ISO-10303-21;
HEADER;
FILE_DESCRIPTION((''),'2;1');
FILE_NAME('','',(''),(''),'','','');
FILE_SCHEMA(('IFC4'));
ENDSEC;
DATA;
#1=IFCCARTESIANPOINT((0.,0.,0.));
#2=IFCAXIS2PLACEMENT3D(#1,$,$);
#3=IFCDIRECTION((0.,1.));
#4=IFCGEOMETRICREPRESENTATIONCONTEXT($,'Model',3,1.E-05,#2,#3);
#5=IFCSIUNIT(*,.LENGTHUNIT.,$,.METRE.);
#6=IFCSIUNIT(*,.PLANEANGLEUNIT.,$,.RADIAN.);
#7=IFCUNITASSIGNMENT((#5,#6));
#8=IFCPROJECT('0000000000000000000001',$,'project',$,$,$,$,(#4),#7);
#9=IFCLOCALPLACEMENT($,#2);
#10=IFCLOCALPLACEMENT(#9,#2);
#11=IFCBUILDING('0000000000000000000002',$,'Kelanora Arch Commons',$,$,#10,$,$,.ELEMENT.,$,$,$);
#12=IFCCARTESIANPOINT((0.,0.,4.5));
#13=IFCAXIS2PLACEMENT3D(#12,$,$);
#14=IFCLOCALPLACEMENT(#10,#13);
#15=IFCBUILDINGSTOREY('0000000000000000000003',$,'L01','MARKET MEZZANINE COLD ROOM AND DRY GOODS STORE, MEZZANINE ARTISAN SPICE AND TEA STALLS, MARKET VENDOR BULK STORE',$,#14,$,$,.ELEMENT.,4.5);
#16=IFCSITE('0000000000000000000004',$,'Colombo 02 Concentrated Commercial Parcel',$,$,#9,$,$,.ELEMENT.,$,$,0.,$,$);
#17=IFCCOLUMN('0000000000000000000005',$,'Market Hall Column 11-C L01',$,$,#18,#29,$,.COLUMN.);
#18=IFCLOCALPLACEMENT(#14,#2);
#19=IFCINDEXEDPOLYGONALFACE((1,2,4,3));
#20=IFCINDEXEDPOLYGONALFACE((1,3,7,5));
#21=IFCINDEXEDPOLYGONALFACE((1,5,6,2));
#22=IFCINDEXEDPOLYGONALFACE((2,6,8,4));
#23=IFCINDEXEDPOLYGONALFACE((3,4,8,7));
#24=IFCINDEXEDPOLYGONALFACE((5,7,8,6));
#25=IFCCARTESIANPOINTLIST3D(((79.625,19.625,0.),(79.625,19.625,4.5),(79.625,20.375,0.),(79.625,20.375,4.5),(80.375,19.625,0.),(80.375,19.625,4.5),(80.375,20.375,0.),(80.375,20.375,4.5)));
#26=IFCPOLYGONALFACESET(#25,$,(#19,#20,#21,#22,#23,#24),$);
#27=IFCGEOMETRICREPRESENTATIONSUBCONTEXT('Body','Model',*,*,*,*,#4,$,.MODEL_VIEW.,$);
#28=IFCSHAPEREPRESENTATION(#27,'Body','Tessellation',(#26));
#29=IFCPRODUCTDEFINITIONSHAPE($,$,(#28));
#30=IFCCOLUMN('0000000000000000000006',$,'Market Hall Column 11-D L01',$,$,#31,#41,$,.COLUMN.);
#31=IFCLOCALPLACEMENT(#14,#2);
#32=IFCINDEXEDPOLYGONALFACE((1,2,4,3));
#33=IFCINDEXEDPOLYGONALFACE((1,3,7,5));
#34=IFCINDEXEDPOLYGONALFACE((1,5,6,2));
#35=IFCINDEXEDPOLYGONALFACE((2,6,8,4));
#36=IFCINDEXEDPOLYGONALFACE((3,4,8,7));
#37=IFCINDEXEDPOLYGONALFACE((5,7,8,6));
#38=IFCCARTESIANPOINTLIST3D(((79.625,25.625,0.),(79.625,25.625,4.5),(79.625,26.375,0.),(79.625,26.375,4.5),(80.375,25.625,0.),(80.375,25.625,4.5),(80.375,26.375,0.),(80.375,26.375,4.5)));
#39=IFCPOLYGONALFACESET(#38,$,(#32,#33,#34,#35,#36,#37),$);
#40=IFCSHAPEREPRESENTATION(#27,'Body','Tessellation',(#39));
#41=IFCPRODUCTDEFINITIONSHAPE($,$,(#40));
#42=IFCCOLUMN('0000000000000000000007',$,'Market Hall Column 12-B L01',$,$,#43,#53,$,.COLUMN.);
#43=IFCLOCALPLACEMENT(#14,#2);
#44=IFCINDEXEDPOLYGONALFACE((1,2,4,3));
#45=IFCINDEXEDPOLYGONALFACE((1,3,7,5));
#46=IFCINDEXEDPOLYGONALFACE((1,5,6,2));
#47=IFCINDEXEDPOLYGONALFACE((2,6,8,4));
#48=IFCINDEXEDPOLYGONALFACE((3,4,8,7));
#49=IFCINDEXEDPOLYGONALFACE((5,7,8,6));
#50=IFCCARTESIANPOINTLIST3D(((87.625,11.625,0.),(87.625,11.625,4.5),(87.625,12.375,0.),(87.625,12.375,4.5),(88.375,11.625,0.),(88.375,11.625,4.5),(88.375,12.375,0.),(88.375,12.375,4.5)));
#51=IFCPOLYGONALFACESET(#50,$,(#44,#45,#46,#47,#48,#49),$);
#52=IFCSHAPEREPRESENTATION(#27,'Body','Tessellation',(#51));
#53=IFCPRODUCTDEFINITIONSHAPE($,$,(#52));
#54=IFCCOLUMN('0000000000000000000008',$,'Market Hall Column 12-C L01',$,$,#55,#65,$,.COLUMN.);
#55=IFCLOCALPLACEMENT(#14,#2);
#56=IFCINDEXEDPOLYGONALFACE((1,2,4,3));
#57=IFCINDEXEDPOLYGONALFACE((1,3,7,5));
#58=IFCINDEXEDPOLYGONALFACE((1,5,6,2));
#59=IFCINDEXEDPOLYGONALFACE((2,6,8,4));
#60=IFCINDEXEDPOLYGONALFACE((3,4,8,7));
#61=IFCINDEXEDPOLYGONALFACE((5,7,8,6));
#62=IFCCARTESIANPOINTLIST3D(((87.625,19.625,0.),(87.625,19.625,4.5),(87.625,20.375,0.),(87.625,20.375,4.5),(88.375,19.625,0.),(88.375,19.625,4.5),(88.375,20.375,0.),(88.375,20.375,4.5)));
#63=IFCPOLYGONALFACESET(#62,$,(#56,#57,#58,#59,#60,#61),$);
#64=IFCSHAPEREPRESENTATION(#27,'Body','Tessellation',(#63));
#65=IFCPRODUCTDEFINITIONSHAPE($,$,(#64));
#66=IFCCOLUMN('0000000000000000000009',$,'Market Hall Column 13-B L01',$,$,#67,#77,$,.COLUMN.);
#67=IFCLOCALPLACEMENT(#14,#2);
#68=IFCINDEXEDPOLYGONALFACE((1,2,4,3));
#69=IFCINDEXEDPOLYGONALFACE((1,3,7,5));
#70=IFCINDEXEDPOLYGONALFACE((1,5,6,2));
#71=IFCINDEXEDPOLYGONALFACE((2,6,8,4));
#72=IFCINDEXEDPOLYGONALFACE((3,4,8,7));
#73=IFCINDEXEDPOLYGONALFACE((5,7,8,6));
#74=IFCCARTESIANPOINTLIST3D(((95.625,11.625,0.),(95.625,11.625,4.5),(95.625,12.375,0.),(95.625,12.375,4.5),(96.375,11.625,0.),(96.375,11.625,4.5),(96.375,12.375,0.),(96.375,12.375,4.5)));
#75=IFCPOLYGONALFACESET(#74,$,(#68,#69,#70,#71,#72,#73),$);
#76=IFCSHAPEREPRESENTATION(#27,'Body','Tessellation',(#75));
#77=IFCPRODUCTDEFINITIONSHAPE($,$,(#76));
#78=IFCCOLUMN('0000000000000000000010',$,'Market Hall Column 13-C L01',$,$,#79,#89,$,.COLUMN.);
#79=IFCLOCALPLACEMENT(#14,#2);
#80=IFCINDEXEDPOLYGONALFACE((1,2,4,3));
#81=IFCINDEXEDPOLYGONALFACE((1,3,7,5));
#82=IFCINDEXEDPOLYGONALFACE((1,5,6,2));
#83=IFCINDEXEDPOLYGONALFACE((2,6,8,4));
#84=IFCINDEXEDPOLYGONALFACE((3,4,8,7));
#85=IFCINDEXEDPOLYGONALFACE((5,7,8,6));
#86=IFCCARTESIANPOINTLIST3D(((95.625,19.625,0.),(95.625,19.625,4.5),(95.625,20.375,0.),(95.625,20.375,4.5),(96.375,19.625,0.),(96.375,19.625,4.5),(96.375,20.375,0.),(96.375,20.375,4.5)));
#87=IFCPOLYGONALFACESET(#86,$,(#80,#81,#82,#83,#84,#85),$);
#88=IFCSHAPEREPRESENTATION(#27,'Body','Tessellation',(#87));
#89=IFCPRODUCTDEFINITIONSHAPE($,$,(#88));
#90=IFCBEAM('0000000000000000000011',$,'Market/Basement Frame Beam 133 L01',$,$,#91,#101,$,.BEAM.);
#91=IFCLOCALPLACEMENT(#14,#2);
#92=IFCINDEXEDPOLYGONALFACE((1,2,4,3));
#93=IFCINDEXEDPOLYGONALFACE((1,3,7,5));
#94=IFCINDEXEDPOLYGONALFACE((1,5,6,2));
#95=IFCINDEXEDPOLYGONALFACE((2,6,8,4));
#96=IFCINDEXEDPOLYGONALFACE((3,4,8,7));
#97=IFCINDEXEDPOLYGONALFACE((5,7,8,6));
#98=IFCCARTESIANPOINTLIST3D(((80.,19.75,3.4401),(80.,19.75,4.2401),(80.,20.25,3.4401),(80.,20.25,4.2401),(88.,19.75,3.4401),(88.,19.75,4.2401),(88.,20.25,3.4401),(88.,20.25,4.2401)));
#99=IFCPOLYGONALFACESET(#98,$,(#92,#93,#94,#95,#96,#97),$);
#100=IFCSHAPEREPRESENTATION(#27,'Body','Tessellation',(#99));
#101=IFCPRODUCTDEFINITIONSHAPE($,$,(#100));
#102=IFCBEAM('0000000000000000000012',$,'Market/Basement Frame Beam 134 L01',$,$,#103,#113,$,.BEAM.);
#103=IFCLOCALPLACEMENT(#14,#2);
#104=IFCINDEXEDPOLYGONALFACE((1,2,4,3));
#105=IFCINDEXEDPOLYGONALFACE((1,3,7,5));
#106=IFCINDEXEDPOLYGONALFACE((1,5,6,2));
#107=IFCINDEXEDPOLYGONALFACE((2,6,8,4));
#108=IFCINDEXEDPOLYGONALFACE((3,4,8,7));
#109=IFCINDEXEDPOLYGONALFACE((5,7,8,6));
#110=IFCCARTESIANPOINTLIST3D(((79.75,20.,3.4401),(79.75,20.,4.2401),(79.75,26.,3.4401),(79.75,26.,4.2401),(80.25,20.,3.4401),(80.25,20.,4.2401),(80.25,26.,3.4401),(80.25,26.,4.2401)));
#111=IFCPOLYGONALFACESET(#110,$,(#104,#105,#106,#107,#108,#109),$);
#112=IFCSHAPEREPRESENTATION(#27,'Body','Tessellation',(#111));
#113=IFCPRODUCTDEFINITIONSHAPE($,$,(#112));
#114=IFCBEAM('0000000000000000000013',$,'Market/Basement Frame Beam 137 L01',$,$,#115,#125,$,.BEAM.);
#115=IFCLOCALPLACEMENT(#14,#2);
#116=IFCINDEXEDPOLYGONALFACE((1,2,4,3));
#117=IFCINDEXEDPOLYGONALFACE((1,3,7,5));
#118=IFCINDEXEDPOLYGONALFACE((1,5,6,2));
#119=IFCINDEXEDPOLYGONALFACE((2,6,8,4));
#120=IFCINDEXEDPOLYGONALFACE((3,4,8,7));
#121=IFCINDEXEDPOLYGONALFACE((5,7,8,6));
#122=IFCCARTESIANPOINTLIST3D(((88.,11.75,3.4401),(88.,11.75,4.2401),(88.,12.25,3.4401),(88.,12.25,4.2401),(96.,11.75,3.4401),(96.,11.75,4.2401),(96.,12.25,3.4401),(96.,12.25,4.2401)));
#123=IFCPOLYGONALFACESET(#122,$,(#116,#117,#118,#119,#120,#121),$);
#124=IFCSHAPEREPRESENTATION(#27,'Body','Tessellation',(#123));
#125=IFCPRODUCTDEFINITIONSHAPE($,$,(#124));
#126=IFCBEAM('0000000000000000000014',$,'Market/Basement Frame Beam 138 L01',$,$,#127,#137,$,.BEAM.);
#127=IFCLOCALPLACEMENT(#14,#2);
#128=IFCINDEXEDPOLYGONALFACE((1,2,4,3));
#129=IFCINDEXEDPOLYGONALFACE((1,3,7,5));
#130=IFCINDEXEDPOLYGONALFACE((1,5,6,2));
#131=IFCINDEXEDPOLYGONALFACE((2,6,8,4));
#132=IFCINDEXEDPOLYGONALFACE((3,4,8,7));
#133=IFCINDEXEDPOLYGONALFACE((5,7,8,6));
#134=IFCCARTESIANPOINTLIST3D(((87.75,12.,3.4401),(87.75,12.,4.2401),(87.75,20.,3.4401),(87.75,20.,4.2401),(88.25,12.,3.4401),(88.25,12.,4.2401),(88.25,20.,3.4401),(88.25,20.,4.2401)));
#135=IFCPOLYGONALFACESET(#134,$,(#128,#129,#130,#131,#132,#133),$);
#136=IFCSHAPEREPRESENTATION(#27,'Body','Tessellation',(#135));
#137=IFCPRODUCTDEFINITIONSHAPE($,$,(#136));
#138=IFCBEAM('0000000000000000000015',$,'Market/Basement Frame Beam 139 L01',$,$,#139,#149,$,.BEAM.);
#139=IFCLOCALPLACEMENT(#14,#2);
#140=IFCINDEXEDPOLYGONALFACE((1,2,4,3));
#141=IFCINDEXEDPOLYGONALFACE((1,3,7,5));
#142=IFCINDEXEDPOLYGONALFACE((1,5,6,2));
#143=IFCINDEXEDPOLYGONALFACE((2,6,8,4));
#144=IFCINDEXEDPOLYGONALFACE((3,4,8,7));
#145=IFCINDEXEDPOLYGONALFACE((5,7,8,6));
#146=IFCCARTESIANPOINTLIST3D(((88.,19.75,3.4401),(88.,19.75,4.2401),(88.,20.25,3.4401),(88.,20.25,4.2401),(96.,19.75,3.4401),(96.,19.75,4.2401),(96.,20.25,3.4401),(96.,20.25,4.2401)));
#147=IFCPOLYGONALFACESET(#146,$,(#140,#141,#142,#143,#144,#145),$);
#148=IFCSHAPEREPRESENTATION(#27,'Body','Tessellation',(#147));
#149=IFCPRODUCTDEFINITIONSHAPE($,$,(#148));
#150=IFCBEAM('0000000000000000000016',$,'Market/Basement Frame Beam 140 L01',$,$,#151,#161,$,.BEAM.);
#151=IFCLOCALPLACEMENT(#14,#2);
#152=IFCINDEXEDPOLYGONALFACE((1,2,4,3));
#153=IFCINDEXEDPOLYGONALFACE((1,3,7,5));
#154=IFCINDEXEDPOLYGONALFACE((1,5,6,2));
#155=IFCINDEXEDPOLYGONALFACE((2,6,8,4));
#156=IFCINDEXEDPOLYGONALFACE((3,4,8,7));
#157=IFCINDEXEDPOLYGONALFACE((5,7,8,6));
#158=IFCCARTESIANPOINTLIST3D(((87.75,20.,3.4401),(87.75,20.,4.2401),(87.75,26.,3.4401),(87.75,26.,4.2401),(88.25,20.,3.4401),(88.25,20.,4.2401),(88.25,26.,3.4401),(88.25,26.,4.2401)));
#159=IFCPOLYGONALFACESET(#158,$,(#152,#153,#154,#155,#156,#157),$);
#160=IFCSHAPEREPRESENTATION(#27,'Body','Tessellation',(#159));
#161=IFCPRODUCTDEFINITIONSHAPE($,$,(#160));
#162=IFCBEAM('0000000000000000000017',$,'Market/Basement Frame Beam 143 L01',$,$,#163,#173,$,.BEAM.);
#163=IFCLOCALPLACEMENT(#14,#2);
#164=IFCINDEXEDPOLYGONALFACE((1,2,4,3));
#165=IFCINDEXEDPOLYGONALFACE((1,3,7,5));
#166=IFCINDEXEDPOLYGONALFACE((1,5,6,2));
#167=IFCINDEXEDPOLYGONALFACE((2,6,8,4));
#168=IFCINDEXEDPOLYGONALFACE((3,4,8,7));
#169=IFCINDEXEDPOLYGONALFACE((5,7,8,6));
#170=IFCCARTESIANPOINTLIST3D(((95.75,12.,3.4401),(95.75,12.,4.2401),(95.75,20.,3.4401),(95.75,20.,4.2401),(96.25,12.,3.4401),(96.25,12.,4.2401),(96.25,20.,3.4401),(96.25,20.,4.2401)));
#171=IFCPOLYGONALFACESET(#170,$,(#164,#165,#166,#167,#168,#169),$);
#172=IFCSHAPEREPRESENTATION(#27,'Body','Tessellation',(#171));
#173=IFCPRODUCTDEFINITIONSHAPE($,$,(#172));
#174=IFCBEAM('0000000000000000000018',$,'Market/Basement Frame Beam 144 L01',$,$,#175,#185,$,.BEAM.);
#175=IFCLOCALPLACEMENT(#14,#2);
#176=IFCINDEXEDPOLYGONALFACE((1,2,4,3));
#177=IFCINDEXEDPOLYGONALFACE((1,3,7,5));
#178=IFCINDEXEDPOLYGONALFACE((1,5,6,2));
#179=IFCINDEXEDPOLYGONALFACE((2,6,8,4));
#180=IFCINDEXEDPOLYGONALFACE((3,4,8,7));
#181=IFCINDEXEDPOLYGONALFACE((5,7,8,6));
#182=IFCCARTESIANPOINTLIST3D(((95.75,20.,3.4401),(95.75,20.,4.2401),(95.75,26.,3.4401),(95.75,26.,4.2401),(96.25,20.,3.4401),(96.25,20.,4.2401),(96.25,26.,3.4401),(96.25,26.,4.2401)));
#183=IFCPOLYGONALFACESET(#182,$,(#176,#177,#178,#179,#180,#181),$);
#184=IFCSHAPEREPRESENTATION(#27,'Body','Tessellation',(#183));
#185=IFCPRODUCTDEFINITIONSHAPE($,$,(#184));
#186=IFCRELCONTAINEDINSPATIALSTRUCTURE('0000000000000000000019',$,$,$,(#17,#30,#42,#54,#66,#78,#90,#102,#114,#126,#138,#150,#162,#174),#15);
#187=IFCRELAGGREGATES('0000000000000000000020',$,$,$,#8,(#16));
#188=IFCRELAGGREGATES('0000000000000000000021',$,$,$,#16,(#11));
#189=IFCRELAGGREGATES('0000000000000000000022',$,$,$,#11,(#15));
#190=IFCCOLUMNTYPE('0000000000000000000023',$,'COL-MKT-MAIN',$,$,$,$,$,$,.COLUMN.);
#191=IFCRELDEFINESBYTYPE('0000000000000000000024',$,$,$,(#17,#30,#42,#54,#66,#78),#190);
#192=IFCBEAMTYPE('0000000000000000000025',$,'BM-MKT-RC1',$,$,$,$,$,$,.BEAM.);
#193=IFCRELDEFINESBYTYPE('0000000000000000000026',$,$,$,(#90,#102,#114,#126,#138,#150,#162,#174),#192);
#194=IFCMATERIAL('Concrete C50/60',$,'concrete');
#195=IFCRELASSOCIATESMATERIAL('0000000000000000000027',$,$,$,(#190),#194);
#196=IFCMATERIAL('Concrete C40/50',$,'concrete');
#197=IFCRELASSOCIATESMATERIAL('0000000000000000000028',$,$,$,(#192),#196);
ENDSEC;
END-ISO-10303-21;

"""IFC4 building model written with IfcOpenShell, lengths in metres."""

from ifc_helpers import new_model, si_unit, direction, frame, origin, origin_2d, place, context, subcontext, project, spatial, rectangle, extrude, material, material_profile, profile_set, type_object, element, save


model = new_model("IFC4")

# Units and contexts
model_context = context("Model", 3, precision=1e-05, world=origin(), true_north=direction((0.0, 1.0)))
body_context = subcontext(model_context, "Body", "Model", "MODEL_VIEW")
ifc_project = project(units=[si_unit("LENGTHUNIT", "METRE"), si_unit("PLANEANGLEUNIT", "RADIAN")], contexts=[model_context])

# Site, building, storey
site_placement = place(None, origin())
site = spatial("IfcSite", under=ifc_project, at=site_placement, Name="Colombo 02 Concentrated Commercial Parcel", CompositionType="ELEMENT", RefElevation=0.0)
building_placement = place(site_placement, origin())
building = spatial("IfcBuilding", under=site, at=building_placement, Name="Kelanora Arch Commons", CompositionType="ELEMENT")
storey_placement = place(building_placement, frame((0.0, 0.0, 4.5)))
storey = spatial("IfcBuildingStorey", under=building, at=storey_placement, Name="L01", Description="MARKET MEZZANINE COLD ROOM AND DRY GOODS STORE, MEZZANINE ARTISAN SPICE AND TEA STALLS, MARKET VENDOR BULK STORE", CompositionType="ELEMENT", Elevation=4.5)

# Columns
ifc_material_1 = material(Name="Concrete C50/60", Category="concrete")
ifc_material_profile_1 = material_profile(ifc_material_1, rectangle(XDim=0.75, YDim=0.75, at=origin_2d()), Name="RC750x750")
ifc_profile_set_1 = profile_set([ifc_material_profile_1], Name="Concrete C50/60")
column_type = type_object("IfcColumnType", Name="COL-MKT-MAIN", PredefinedType="COLUMN", material=ifc_profile_set_1)
for number, where, z_axis, x_axis, name in (
    (1, (80.0, 20.0, 0.0), (0.0, 0.0, 1.0), (1.0, 0.0, 0.0), "Market Hall Column 11-C L01"),
    (2, (80.0, 26.0, 0.0), (0.0, 0.0, 1.0), (1.0, 0.0, 0.0), "Market Hall Column 11-D L01"),
    (3, (88.0, 12.0, 0.0), (0.0, 0.0, 1.0), (1.0, 0.0, 0.0), "Market Hall Column 12-B L01"),
    (4, (88.0, 20.0, 0.0), (0.0, 0.0, 1.0), (1.0, 0.0, 0.0), "Market Hall Column 12-C L01"),
    (5, (96.0, 12.0, 0.0), (0.0, 0.0, 1.0), (1.0, 0.0, 0.0), "Market Hall Column 13-B L01"),
    (6, (96.0, 20.0, 0.0), (0.0, 0.0, 1.0), (1.0, 0.0, 0.0), "Market Hall Column 13-C L01"),
):
    element("IfcColumn", number, at=place(storey_placement, frame(where, z_axis=z_axis, x_axis=x_axis)), inside=storey, type_object=column_type, Name=name, PredefinedType="COLUMN", context=body_context, shape_type="SweptSolid", body=[
        extrude(rectangle(XDim=0.75, YDim=0.75, at=origin_2d()), origin(), (0.0, 0.0, 1.0), 4.5),
    ])

# Beams
ifc_material_2 = material(Name="Concrete C40/50", Category="concrete")
ifc_material_profile_2 = material_profile(ifc_material_2, rectangle(XDim=0.5, YDim=0.8, at=origin_2d()), Name="RCB500x800")
ifc_profile_set_2 = profile_set([ifc_material_profile_2], Name="Concrete C40/50")
beam_type = type_object("IfcBeamType", Name="BM-MKT-RC1", PredefinedType="BEAM", material=ifc_profile_set_2)
beam_1_placement = place(storey_placement, frame((80.0, 20.0, 3.8401), z_axis=(1.0, 0.0, 0.0), x_axis=(0.0, 1.0, 0.0)))
element("IfcBeam", 7, at=beam_1_placement, inside=storey, type_object=beam_type, Name="Market/Basement Frame Beam 133 L01", PredefinedType="BEAM", context=body_context, shape_type="SweptSolid", body=[
    extrude(rectangle(XDim=0.5, YDim=0.8, at=origin_2d()), origin(), (0.0, 0.0, 1.0), 8.0),
])
beam_2_placement = place(storey_placement, frame((80.0, 20.0, 3.8401), z_axis=(0.0, 1.0, 0.0), x_axis=(-1.0, 0.0, 0.0)))
element("IfcBeam", 8, at=beam_2_placement, inside=storey, type_object=beam_type, Name="Market/Basement Frame Beam 134 L01", PredefinedType="BEAM", context=body_context, shape_type="SweptSolid", body=[
    extrude(rectangle(XDim=0.5, YDim=0.8, at=origin_2d()), origin(), (0.0, 0.0, 1.0), 6.0),
])
for number, where, z_axis, x_axis, name in (
    (9, (88.0, 12.0, 3.8401), (1.0, 0.0, 0.0), (0.0, 1.0, 0.0), "Market/Basement Frame Beam 137 L01"),
    (10, (88.0, 12.0, 3.8401), (0.0, 1.0, 0.0), (-1.0, 0.0, 0.0), "Market/Basement Frame Beam 138 L01"),
    (11, (88.0, 20.0, 3.8401), (1.0, 0.0, 0.0), (0.0, 1.0, 0.0), "Market/Basement Frame Beam 139 L01"),
):
    element("IfcBeam", number, at=place(storey_placement, frame(where, z_axis=z_axis, x_axis=x_axis)), inside=storey, type_object=beam_type, Name=name, PredefinedType="BEAM", context=body_context, shape_type="SweptSolid", body=[
        extrude(rectangle(XDim=0.5, YDim=0.8, at=origin_2d()), origin(), (0.0, 0.0, 1.0), 8.0),
    ])
beam_3_placement = place(storey_placement, frame((88.0, 20.0, 3.8401), z_axis=(0.0, 1.0, 0.0), x_axis=(-1.0, 0.0, 0.0)))
element("IfcBeam", 12, at=beam_3_placement, inside=storey, type_object=beam_type, Name="Market/Basement Frame Beam 140 L01", PredefinedType="BEAM", context=body_context, shape_type="SweptSolid", body=[
    extrude(rectangle(XDim=0.5, YDim=0.8, at=origin_2d()), origin(), (0.0, 0.0, 1.0), 6.0),
])
beam_4_placement = place(storey_placement, frame((96.0, 12.0, 3.8401), z_axis=(0.0, 1.0, 0.0), x_axis=(-1.0, 0.0, 0.0)))
element("IfcBeam", 13, at=beam_4_placement, inside=storey, type_object=beam_type, Name="Market/Basement Frame Beam 143 L01", PredefinedType="BEAM", context=body_context, shape_type="SweptSolid", body=[
    extrude(rectangle(XDim=0.5, YDim=0.8, at=origin_2d()), origin(), (0.0, 0.0, 1.0), 8.0),
])
beam_5_placement = place(storey_placement, frame((96.0, 20.0, 3.8401), z_axis=(0.0, 1.0, 0.0), x_axis=(-1.0, 0.0, 0.0)))
element("IfcBeam", 14, at=beam_5_placement, inside=storey, type_object=beam_type, Name="Market/Basement Frame Beam 144 L01", PredefinedType="BEAM", context=body_context, shape_type="SweptSolid", body=[
    extrude(rectangle(XDim=0.5, YDim=0.8, at=origin_2d()), origin(), (0.0, 0.0, 1.0), 6.0),
])

save(model, "model.ifc")
